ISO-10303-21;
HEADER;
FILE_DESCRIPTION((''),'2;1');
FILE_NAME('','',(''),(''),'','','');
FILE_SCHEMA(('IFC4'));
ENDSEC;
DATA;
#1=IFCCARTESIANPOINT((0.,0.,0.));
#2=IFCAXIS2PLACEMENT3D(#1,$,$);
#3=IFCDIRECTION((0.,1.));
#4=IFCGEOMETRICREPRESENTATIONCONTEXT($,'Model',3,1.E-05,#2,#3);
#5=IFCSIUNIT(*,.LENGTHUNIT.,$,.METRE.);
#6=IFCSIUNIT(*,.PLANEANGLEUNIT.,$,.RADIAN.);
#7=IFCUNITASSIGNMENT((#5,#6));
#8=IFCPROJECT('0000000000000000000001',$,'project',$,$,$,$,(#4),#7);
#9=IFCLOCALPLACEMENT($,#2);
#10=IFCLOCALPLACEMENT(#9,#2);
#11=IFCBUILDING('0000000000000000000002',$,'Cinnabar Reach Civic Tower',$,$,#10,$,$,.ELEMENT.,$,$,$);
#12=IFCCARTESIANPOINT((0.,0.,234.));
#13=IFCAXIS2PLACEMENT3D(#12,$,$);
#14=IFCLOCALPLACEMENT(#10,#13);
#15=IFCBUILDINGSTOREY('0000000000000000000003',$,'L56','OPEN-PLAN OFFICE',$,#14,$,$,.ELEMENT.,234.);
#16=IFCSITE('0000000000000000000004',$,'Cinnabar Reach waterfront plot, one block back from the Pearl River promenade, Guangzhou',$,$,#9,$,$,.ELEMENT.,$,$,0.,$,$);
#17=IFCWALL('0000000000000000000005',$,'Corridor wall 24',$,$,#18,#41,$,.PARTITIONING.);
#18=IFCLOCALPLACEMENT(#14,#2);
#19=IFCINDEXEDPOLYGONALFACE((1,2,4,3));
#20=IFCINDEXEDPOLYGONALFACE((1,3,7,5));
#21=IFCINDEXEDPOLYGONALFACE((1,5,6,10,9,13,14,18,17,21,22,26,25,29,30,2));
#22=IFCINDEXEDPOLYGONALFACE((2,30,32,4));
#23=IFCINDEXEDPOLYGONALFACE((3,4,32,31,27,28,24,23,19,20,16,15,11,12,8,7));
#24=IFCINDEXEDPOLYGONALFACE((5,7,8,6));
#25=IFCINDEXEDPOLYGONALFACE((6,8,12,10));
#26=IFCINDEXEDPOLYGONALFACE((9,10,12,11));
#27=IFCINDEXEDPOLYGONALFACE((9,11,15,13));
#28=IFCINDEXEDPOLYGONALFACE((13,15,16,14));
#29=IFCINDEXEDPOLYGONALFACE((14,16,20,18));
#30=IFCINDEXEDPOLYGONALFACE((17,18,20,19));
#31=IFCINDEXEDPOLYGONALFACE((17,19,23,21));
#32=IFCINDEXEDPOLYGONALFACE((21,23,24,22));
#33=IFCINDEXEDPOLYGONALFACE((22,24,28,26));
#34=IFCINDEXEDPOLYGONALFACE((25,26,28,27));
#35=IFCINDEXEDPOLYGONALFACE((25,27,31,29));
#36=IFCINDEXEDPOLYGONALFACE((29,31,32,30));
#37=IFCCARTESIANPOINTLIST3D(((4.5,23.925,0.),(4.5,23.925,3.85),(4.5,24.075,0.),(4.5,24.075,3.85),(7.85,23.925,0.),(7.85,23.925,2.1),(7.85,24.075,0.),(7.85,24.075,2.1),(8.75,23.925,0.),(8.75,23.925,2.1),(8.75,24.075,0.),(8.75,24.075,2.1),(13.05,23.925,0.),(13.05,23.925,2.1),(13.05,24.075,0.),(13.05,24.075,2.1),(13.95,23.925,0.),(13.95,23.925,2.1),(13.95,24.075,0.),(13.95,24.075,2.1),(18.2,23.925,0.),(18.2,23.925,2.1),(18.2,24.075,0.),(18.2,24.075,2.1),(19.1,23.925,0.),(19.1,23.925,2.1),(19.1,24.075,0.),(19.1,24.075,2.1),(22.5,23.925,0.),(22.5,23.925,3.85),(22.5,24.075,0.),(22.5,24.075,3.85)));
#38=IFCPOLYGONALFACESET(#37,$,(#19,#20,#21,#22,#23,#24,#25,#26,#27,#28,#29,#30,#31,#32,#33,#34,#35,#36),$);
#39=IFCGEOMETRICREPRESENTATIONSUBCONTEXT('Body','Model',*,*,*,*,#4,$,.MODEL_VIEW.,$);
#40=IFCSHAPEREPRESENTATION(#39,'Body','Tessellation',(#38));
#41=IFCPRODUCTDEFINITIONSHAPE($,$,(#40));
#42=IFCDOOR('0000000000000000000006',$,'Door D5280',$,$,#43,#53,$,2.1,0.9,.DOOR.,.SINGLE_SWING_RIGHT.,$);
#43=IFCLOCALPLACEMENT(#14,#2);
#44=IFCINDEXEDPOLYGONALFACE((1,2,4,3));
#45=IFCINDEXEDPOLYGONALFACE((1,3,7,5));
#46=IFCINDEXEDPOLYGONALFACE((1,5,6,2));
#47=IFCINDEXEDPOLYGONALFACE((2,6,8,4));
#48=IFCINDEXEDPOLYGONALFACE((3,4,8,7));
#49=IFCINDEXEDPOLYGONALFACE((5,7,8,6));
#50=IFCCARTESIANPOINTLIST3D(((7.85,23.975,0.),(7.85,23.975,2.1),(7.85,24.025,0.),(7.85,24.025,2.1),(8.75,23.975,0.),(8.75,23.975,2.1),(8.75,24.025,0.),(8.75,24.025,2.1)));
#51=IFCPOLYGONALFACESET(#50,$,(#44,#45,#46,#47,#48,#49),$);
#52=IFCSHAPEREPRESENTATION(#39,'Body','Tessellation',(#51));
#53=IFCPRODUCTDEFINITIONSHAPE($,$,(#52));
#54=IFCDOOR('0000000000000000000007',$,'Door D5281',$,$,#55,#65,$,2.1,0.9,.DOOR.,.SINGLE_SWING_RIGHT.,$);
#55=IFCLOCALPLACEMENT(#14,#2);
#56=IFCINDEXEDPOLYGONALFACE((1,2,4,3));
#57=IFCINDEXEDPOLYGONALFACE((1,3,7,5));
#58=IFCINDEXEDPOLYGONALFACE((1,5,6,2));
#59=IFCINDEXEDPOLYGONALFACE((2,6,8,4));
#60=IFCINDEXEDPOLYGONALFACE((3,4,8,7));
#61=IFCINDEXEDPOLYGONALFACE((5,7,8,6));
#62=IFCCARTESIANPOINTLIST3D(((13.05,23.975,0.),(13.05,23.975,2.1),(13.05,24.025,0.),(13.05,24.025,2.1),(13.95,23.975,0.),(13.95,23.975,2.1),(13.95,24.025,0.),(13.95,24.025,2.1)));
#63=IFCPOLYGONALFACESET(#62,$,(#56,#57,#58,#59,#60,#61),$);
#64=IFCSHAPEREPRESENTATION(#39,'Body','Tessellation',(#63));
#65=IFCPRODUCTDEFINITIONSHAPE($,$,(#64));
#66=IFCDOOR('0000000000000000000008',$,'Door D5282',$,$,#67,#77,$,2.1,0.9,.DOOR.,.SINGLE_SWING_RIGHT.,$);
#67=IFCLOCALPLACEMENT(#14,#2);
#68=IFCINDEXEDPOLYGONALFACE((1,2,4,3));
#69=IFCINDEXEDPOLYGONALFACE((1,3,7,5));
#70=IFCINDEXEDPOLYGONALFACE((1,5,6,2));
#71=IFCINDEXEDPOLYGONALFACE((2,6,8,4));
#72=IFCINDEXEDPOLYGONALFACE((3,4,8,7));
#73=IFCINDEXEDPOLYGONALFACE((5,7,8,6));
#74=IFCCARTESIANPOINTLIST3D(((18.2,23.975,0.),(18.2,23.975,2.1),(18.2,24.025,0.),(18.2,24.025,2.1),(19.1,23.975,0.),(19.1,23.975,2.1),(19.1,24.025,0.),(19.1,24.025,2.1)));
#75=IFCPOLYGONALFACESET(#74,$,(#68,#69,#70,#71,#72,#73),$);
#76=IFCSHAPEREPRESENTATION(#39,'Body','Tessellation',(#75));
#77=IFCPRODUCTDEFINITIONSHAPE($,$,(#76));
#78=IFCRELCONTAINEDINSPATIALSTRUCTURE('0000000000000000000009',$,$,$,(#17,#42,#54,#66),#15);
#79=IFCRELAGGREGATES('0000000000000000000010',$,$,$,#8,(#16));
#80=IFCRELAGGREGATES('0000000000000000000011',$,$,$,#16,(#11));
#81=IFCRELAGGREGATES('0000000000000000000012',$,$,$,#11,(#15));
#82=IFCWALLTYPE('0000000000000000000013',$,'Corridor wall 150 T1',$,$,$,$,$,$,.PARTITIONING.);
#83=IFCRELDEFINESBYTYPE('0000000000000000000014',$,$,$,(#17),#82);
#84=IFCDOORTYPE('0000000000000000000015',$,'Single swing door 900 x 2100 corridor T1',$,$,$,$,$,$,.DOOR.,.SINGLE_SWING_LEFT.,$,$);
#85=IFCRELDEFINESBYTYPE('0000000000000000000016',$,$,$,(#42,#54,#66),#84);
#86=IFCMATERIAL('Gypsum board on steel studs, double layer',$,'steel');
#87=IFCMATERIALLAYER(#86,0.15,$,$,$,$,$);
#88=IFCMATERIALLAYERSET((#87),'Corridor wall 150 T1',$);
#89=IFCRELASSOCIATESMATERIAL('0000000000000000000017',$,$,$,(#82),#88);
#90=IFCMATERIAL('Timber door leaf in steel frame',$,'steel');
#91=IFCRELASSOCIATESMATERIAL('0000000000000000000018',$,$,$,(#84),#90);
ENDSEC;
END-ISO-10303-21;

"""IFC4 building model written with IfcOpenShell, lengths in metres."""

from ifc_helpers import new_model, si_unit, direction, frame, frame_2d, origin, place, context, subcontext, project, spatial, rectangle, extrude, material, layer, layer_set, type_object, element, fill, save


model = new_model("IFC4")

# Units and contexts
model_context = context("Model", 3, precision=1e-05, world=origin(), true_north=direction((0.0, 1.0)))
body_context = subcontext(model_context, "Body", "Model", "MODEL_VIEW")
ifc_project = project(units=[si_unit("LENGTHUNIT", "METRE"), si_unit("PLANEANGLEUNIT", "RADIAN")], contexts=[model_context])

# Site, building, storey
site_placement = place(None, origin())
site = spatial("IfcSite", under=ifc_project, at=site_placement, Name="Cinnabar Reach waterfront plot, one block back from the Pearl River promenade, Guangzhou", CompositionType="ELEMENT", RefElevation=0.0)
building_placement = place(site_placement, origin())
building = spatial("IfcBuilding", under=site, at=building_placement, Name="Cinnabar Reach Civic Tower", CompositionType="ELEMENT")
storey_placement = place(building_placement, frame((0.0, 0.0, 234.0)))
storey = spatial("IfcBuildingStorey", under=building, at=storey_placement, Name="L56", Description="OPEN-PLAN OFFICE", CompositionType="ELEMENT", Elevation=234.0)

# Shared definitions
ifc_material_1 = material(Name="Timber door leaf in steel frame", Category="steel")

# Wall, openings, doors
ifc_material_2 = material(Name="Gypsum board on steel studs, double layer", Category="steel")
ifc_layer_1 = layer(ifc_material_2, 0.15)
ifc_layer_set_1 = layer_set([ifc_layer_1], Name="Corridor wall 150 T1")
wall_type_1 = type_object("IfcWallType", Name="Corridor wall 150 T1", PredefinedType="PARTITIONING", material=ifc_layer_set_1)
wall_1_placement = place(storey_placement, frame((4.5, 24.0, 0.0), z_axis=(0.0, 0.0, 1.0), x_axis=(1.0, 0.0, 0.0)))
wall_1 = element("IfcWall", 1, at=wall_1_placement, inside=storey, type_object=wall_type_1, Name="Corridor wall 24", PredefinedType="PARTITIONING", context=body_context, shape_type="SweptSolid", body=[
    extrude(rectangle(XDim=18.0, YDim=0.15, at=frame_2d((9.0, 0.0))), origin(), (0.0, 0.0, 1.0), 3.85),
])
opening_1_placement = place(wall_1_placement, frame((3.35, 0.0, 0.0)))
opening_1 = element("IfcOpeningElement", 2, at=opening_1_placement, cuts=wall_1, PredefinedType="OPENING", context=body_context, shape_type="SweptSolid", body=[
    extrude(rectangle(XDim=0.9, YDim=2.1, at=frame_2d((0.45, 1.05))), frame((0.0, 0.085, 0.0), z_axis=(0.0, -1.0, 0.0), x_axis=(1.0, 0.0, 0.0)), (0.0, 0.0, 1.0), 0.17),
])
opening_2_placement = place(wall_1_placement, frame((8.55, 0.0, 0.0)))
opening_2 = element("IfcOpeningElement", 3, at=opening_2_placement, cuts=wall_1, PredefinedType="OPENING", context=body_context, shape_type="SweptSolid", body=[
    extrude(rectangle(XDim=0.9, YDim=2.1, at=frame_2d((0.45, 1.05))), frame((0.0, 0.085, 0.0), z_axis=(0.0, -1.0, 0.0), x_axis=(1.0, 0.0, 0.0)), (0.0, 0.0, 1.0), 0.17),
])
opening_3_placement = place(wall_1_placement, frame((13.7, 0.0, 0.0)))
opening_3 = element("IfcOpeningElement", 4, at=opening_3_placement, cuts=wall_1, PredefinedType="OPENING", context=body_context, shape_type="SweptSolid", body=[
    extrude(rectangle(XDim=0.9, YDim=2.1, at=frame_2d((0.45, 1.05))), frame((0.0, 0.085, 0.0), z_axis=(0.0, -1.0, 0.0), x_axis=(1.0, 0.0, 0.0)), (0.0, 0.0, 1.0), 0.17),
])
door_type_1 = type_object("IfcDoorType", Name="Single swing door 900 x 2100 corridor T1", OperationType="SINGLE_SWING_LEFT", PredefinedType="DOOR", material=ifc_material_1)
door_1_placement = place(opening_1_placement, frame((0.9, 0.0, 0.0), z_axis=(0.0, 0.0, 1.0), x_axis=(-1.0, 0.0, 0.0)))
door_1 = element("IfcDoor", 5, at=door_1_placement, inside=storey, type_object=door_type_1, Name="Door D5280", OperationType="SINGLE_SWING_RIGHT", OverallHeight=2.1, OverallWidth=0.9, PredefinedType="DOOR", context=body_context, shape_type="SweptSolid", body=[
    extrude(rectangle(XDim=0.9, YDim=2.1, at=frame_2d((0.45, 1.05))), frame((0.0, 0.025, 0.0), z_axis=(0.0, -1.0, 0.0), x_axis=(1.0, 0.0, 0.0)), (0.0, 0.0, 1.0), 0.05),
])
fill(opening_1, door_1)
door_2_placement = place(opening_2_placement, frame((0.9, 0.0, 0.0), z_axis=(0.0, 0.0, 1.0), x_axis=(-1.0, 0.0, 0.0)))
door_2 = element("IfcDoor", 6, at=door_2_placement, inside=storey, type_object=door_type_1, Name="Door D5281", OperationType="SINGLE_SWING_RIGHT", OverallHeight=2.1, OverallWidth=0.9, PredefinedType="DOOR", context=body_context, shape_type="SweptSolid", body=[
    extrude(rectangle(XDim=0.9, YDim=2.1, at=frame_2d((0.45, 1.05))), frame((0.0, 0.025, 0.0), z_axis=(0.0, -1.0, 0.0), x_axis=(1.0, 0.0, 0.0)), (0.0, 0.0, 1.0), 0.05),
])
fill(opening_2, door_2)
door_3_placement = place(opening_3_placement, frame((0.9, 0.0, 0.0), z_axis=(0.0, 0.0, 1.0), x_axis=(-1.0, 0.0, 0.0)))
door_3 = element("IfcDoor", 7, at=door_3_placement, inside=storey, type_object=door_type_1, Name="Door D5282", OperationType="SINGLE_SWING_RIGHT", OverallHeight=2.1, OverallWidth=0.9, PredefinedType="DOOR", context=body_context, shape_type="SweptSolid", body=[
    extrude(rectangle(XDim=0.9, YDim=2.1, at=frame_2d((0.45, 1.05))), frame((0.0, 0.025, 0.0), z_axis=(0.0, -1.0, 0.0), x_axis=(1.0, 0.0, 0.0)), (0.0, 0.0, 1.0), 0.05),
])
fill(opening_3, door_3)

save(model, "model.ifc")
